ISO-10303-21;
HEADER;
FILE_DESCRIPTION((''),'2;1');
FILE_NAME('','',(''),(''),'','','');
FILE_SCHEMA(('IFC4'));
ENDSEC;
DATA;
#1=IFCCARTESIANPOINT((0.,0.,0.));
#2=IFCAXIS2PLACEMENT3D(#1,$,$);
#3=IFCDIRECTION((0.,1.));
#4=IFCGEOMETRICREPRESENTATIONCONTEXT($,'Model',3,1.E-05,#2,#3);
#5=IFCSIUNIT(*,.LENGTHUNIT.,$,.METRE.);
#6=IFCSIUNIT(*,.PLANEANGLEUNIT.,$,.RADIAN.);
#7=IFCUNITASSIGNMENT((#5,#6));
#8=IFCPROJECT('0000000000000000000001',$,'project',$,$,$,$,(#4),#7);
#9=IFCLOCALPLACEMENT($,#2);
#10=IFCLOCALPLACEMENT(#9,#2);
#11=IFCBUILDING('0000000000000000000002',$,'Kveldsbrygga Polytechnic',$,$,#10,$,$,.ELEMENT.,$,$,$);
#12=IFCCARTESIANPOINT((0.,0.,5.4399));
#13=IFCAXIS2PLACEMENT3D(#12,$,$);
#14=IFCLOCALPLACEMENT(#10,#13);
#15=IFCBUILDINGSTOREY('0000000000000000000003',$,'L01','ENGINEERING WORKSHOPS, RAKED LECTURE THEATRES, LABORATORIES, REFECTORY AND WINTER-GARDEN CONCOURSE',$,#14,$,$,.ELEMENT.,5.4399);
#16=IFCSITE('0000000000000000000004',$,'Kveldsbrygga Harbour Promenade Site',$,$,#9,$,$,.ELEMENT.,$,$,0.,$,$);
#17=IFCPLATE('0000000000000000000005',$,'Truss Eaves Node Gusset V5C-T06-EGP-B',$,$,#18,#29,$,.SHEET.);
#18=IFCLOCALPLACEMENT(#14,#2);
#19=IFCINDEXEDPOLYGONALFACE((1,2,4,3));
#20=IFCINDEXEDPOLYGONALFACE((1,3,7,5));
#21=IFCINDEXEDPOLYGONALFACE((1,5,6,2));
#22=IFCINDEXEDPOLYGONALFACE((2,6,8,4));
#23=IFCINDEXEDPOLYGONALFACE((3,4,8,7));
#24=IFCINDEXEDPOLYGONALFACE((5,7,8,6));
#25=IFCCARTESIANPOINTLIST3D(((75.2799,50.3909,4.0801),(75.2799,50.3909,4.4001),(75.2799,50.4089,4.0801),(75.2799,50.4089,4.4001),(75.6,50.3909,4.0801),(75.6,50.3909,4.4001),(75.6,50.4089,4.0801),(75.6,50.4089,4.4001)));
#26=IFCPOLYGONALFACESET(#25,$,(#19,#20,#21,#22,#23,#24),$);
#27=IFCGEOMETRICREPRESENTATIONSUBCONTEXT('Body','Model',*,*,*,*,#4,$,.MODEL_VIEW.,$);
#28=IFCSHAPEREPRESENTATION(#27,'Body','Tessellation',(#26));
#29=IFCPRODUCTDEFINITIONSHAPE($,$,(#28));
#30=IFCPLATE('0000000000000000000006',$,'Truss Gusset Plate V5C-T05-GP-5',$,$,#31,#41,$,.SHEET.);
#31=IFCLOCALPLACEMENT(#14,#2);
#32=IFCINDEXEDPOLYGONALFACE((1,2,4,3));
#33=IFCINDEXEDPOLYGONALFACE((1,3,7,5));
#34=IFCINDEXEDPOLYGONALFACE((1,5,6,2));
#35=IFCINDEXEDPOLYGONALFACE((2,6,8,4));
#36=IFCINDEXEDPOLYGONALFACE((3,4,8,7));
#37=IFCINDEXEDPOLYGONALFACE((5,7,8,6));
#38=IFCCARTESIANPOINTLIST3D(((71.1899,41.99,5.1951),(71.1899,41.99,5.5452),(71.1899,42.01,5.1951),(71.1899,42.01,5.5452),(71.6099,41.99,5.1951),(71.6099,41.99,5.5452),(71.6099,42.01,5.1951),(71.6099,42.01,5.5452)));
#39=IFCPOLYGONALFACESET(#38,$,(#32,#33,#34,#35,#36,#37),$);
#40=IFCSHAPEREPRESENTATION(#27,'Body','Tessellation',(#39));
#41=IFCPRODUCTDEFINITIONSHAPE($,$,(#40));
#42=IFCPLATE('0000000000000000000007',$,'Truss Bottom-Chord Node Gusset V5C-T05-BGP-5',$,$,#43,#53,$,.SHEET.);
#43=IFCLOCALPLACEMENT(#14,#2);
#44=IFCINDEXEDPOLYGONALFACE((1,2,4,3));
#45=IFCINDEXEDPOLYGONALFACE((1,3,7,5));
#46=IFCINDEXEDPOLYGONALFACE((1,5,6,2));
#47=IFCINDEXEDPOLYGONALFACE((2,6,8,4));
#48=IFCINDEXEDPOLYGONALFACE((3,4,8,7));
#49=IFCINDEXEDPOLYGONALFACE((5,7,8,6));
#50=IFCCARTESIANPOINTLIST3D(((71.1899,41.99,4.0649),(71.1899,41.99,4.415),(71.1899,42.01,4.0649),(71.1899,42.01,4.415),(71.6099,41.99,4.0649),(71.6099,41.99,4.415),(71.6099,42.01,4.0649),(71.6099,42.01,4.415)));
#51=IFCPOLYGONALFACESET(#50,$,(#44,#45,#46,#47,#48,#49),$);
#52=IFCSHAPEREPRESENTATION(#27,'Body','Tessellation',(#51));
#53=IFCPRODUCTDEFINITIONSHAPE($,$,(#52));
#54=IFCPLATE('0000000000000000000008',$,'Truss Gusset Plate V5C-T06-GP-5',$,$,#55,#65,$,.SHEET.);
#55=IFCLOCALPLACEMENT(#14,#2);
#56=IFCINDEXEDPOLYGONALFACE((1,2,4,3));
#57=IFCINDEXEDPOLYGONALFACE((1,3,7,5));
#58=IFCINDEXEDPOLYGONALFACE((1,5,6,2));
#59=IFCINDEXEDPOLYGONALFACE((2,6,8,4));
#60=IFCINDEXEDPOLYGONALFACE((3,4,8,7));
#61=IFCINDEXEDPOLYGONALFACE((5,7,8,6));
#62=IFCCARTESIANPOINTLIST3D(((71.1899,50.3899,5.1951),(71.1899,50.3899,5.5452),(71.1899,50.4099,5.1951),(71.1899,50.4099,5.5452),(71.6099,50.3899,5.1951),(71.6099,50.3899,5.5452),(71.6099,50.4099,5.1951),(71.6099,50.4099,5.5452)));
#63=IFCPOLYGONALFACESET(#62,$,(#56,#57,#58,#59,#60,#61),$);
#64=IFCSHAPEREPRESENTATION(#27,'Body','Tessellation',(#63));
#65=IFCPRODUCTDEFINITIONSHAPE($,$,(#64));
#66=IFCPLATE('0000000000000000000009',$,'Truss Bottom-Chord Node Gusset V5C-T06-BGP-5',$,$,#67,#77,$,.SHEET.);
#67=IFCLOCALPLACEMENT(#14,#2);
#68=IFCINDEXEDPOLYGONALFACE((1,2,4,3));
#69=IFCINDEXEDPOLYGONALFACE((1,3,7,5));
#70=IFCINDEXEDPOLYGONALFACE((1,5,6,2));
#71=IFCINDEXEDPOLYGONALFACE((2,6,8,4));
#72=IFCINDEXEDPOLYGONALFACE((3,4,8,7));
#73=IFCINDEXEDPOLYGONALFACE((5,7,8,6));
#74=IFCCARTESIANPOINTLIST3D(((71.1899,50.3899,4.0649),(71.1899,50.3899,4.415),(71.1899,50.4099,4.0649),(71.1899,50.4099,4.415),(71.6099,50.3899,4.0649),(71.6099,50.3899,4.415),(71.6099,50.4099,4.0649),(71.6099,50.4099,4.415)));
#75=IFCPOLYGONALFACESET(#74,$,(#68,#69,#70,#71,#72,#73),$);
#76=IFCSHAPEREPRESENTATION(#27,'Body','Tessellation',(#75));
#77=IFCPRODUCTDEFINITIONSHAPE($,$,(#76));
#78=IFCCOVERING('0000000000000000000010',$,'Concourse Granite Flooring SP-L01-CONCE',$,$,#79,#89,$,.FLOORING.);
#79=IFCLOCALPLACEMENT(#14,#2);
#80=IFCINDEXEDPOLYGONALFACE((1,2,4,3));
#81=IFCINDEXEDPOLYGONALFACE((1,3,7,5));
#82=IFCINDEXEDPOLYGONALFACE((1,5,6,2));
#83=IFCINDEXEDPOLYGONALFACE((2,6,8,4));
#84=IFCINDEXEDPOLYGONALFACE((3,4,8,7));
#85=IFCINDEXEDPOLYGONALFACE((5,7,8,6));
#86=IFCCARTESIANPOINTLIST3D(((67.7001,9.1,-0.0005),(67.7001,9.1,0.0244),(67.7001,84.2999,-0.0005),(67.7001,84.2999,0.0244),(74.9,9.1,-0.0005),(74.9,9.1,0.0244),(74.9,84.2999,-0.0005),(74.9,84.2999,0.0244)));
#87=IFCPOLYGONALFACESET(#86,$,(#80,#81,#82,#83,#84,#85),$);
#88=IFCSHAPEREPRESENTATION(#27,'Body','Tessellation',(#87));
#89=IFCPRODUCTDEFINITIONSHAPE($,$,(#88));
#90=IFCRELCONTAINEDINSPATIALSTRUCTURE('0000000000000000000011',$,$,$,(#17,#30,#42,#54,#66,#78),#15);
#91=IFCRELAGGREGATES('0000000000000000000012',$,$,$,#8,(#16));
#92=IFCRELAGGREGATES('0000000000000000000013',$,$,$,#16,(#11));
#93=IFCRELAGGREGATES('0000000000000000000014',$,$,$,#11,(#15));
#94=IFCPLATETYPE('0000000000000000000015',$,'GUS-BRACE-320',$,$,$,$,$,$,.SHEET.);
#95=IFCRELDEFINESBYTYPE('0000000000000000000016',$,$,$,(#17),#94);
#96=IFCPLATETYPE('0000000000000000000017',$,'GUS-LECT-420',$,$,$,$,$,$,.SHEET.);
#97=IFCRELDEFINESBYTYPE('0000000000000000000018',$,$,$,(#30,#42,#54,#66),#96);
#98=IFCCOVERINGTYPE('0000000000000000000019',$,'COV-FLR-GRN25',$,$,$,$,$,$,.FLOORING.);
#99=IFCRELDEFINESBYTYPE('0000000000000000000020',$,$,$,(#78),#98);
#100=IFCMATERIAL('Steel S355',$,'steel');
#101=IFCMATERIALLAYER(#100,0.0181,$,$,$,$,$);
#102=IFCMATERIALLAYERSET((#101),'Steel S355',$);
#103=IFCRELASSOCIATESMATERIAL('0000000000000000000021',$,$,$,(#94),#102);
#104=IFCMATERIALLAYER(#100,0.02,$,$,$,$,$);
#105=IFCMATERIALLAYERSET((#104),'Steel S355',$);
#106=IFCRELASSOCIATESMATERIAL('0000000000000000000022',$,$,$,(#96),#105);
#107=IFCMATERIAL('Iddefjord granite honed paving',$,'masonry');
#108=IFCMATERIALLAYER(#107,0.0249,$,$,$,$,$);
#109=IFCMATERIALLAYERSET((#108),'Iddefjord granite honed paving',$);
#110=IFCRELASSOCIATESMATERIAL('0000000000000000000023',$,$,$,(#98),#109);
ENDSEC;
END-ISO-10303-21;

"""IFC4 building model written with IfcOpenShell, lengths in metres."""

from ifc_helpers import new_model, si_unit, direction, frame, origin, origin_2d, place, context, subcontext, project, spatial, rectangle, extrude, material, layer, layer_set, type_object, element, save


model = new_model("IFC4")

# Units and contexts
model_context = context("Model", 3, precision=1e-05, world=origin(), true_north=direction((0.0, 1.0)))
body_context = subcontext(model_context, "Body", "Model", "MODEL_VIEW")
ifc_project = project(units=[si_unit("LENGTHUNIT", "METRE"), si_unit("PLANEANGLEUNIT", "RADIAN")], contexts=[model_context])

# Site, building, storey
site_placement = place(None, origin())
site = spatial("IfcSite", under=ifc_project, at=site_placement, Name="Kveldsbrygga Harbour Promenade Site", CompositionType="ELEMENT", RefElevation=0.0)
building_placement = place(site_placement, origin())
building = spatial("IfcBuilding", under=site, at=building_placement, Name="Kveldsbrygga Polytechnic", CompositionType="ELEMENT")
storey_placement = place(building_placement, frame((0.0, 0.0, 5.4399)))
storey = spatial("IfcBuildingStorey", under=building, at=storey_placement, Name="L01", Description="ENGINEERING WORKSHOPS, RAKED LECTURE THEATRES, LABORATORIES, REFECTORY AND WINTER-GARDEN CONCOURSE", CompositionType="ELEMENT", Elevation=5.4399)

# Shared definitions
ifc_material_1 = material(Name="Steel S355", Category="steel")

# Plates
ifc_layer_1 = layer(ifc_material_1, 0.0181)
ifc_layer_set_1 = layer_set([ifc_layer_1], Name="Steel S355")
plate_type_1 = type_object("IfcPlateType", Name="GUS-BRACE-320", PredefinedType="SHEET", material=ifc_layer_set_1)
for number, where, z_axis, x_axis, name in (
    (1, (75.4399, 50.3999, 4.0801), (0.0, 0.0, 1.0), (1.0, 0.0, 0.0), "Truss Eaves Node Gusset V5C-T06-EGP-B"),
):
    element("IfcPlate", number, at=place(storey_placement, frame(where, z_axis=z_axis, x_axis=x_axis)), inside=storey, type_object=plate_type_1, Name=name, PredefinedType="SHEET", context=body_context, shape_type="SweptSolid", body=[
        extrude(rectangle(XDim=0.3201, YDim=0.0181, at=origin_2d()), origin(), (0.0, 0.0, 1.0), 0.3201),
    ])
ifc_layer_2 = layer(ifc_material_1, 0.02)
ifc_layer_set_2 = layer_set([ifc_layer_2], Name="Steel S355")
plate_type_2 = type_object("IfcPlateType", Name="GUS-LECT-420", PredefinedType="SHEET", material=ifc_layer_set_2)
for number, where, z_axis, x_axis, name in (
    (2, (71.3999, 42.0, 5.1951), (0.0, 0.0, 1.0), (1.0, 0.0, 0.0), "Truss Gusset Plate V5C-T05-GP-5"),
    (3, (71.3999, 42.0, 4.0649), (0.0, 0.0, 1.0), (1.0, 0.0, 0.0), "Truss Bottom-Chord Node Gusset V5C-T05-BGP-5"),
    (4, (71.3999, 50.3999, 5.1951), (0.0, 0.0, 1.0), (1.0, 0.0, 0.0), "Truss Gusset Plate V5C-T06-GP-5"),
    (5, (71.3999, 50.3999, 4.0649), (0.0, 0.0, 1.0), (1.0, 0.0, 0.0), "Truss Bottom-Chord Node Gusset V5C-T06-BGP-5"),
):
    element("IfcPlate", number, at=place(storey_placement, frame(where, z_axis=z_axis, x_axis=x_axis)), inside=storey, type_object=plate_type_2, Name=name, PredefinedType="SHEET", context=body_context, shape_type="SweptSolid", body=[
        extrude(rectangle(XDim=0.4199, YDim=0.02, at=origin_2d()), origin(), (0.0, 0.0, 1.0), 0.3501),
    ])

# Covering
ifc_material_2 = material(Name="Iddefjord granite honed paving", Category="masonry")
ifc_layer_3 = layer(ifc_material_2, 0.0249)
ifc_layer_set_3 = layer_set([ifc_layer_3], Name="Iddefjord granite honed paving")
covering_type = type_object("IfcCoveringType", Name="COV-FLR-GRN25", PredefinedType="FLOORING", material=ifc_layer_set_3)
covering_placement = place(storey_placement, frame((71.3, 46.7, -0.0005), z_axis=(0.0, 0.0, 1.0), x_axis=(1.0, 0.0, 0.0)))
element("IfcCovering", 6, at=covering_placement, inside=storey, type_object=covering_type, Name="Concourse Granite Flooring SP-L01-CONCE", PredefinedType="FLOORING", context=body_context, shape_type="SweptSolid", body=[
    extrude(rectangle(XDim=7.2, YDim=75.2, at=origin_2d()), origin(), (0.0, 0.0, 1.0), 0.0249),
])

save(model, "model.ifc")
